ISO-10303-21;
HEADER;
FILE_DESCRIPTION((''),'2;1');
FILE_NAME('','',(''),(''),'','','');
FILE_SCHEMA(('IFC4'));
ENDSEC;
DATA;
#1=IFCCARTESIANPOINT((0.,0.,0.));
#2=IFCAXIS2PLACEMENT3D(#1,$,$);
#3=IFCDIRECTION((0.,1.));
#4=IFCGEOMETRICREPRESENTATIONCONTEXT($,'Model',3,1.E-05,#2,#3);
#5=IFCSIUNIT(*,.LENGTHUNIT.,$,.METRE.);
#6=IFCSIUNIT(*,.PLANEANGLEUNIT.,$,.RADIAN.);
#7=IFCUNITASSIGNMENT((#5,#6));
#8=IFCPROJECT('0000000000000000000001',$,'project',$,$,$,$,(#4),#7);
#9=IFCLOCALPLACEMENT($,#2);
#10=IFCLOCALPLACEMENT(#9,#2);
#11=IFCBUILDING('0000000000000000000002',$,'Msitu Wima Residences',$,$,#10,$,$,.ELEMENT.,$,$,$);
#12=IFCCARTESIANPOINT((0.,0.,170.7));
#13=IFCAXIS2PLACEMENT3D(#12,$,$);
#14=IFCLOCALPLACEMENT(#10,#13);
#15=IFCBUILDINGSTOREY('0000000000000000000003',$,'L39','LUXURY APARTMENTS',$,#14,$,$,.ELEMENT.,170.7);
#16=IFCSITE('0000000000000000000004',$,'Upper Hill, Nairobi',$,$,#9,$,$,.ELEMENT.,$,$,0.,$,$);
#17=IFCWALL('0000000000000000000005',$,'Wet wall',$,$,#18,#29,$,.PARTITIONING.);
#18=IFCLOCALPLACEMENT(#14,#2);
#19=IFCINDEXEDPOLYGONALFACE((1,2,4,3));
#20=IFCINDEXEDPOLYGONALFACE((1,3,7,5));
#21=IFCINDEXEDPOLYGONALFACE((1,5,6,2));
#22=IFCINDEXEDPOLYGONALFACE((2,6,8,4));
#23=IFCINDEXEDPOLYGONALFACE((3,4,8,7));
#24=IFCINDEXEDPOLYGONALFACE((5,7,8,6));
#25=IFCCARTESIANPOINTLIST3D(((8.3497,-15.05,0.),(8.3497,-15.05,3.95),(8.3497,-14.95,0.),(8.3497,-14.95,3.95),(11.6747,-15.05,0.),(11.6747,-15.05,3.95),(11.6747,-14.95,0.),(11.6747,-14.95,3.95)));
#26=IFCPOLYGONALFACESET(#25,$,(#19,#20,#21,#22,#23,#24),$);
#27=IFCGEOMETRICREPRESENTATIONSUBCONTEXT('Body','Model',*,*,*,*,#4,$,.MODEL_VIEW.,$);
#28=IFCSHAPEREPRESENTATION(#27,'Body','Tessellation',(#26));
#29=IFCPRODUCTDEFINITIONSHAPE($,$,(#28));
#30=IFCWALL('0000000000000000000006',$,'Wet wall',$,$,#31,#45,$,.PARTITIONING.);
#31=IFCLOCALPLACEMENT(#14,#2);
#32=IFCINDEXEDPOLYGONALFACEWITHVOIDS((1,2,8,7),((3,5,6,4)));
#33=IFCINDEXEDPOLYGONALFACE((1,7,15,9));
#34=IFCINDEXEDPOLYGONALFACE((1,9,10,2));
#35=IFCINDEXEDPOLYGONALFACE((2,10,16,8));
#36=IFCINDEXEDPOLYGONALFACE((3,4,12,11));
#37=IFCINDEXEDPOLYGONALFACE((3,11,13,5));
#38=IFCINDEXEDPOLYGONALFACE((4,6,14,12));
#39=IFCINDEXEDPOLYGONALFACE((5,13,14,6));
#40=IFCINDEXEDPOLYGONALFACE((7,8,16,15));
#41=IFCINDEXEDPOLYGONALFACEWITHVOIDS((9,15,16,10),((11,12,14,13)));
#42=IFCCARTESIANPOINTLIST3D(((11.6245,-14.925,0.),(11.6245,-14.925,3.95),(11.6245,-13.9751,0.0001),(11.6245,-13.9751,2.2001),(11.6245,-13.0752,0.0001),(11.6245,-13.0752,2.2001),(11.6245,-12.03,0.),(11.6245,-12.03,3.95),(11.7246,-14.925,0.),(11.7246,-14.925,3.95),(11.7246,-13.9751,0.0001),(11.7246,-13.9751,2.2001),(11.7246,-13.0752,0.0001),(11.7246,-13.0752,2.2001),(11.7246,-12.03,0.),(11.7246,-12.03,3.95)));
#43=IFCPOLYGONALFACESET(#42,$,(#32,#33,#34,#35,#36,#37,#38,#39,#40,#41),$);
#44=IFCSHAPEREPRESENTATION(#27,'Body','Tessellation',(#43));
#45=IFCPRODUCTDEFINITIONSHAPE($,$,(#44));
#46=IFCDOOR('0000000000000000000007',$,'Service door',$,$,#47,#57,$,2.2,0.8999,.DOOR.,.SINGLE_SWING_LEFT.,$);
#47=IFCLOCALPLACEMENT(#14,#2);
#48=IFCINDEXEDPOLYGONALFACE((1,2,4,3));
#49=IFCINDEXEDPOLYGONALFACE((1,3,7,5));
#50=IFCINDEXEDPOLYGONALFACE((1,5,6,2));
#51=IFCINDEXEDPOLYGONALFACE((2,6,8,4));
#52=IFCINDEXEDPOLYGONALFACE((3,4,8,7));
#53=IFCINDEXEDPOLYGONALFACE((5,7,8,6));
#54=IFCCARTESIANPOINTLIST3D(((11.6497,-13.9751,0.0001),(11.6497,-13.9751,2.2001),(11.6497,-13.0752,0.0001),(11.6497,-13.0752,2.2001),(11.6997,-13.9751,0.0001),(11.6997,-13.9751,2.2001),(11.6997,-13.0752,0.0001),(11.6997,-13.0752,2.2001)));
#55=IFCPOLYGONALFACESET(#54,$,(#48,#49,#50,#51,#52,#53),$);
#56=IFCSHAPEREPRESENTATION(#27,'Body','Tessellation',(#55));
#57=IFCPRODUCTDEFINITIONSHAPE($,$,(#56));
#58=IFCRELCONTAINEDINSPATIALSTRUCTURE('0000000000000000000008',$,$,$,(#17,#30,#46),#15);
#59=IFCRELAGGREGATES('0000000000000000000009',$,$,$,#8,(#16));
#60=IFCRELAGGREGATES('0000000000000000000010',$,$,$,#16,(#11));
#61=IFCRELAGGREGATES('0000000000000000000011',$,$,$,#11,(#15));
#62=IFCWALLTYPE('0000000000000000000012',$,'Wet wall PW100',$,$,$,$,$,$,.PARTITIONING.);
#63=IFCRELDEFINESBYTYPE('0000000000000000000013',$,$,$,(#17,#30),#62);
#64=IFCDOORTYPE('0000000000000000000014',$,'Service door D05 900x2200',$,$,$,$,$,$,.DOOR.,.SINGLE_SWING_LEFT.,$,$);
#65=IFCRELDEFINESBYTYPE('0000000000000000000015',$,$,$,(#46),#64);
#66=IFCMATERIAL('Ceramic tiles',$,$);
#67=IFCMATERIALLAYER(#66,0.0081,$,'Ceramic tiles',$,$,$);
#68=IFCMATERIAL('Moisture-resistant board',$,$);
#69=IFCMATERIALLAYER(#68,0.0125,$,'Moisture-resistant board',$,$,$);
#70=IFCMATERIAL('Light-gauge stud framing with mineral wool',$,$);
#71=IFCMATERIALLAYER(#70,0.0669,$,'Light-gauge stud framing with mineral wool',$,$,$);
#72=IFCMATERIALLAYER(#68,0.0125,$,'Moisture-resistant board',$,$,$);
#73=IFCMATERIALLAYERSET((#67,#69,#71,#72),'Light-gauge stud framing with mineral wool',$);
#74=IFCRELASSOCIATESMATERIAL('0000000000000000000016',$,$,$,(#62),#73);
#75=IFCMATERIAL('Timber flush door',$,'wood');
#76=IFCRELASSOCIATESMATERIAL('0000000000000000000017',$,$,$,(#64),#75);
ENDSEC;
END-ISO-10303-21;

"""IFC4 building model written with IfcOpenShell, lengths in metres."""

from ifc_helpers import new_model, si_unit, direction, frame, frame_2d, origin, place, context, subcontext, project, spatial, rectangle, extrude, material, layer, layer_set, type_object, element, fill, save


model = new_model("IFC4")

# Units and contexts
model_context = context("Model", 3, precision=1e-05, world=origin(), true_north=direction((0.0, 1.0)))
body_context = subcontext(model_context, "Body", "Model", "MODEL_VIEW")
ifc_project = project(units=[si_unit("LENGTHUNIT", "METRE"), si_unit("PLANEANGLEUNIT", "RADIAN")], contexts=[model_context])

# Site, building, storey
site_placement = place(None, origin())
site = spatial("IfcSite", under=ifc_project, at=site_placement, Name="Upper Hill, Nairobi", CompositionType="ELEMENT", RefElevation=0.0)
building_placement = place(site_placement, origin())
building = spatial("IfcBuilding", under=site, at=building_placement, Name="Msitu Wima Residences", CompositionType="ELEMENT")
storey_placement = place(building_placement, frame((0.0, 0.0, 170.7)))
storey = spatial("IfcBuildingStorey", under=building, at=storey_placement, Name="L39", Description="LUXURY APARTMENTS", CompositionType="ELEMENT", Elevation=170.7)

# Shared definitions
ifc_material_1 = material(Name="Timber flush door", Category="wood")

# Shared definitions
ifc_material_2 = material(Name="Ceramic tiles")
ifc_layer_1 = layer(ifc_material_2, 0.0081, Name="Ceramic tiles")
ifc_material_3 = material(Name="Moisture-resistant board")
ifc_layer_2 = layer(ifc_material_3, 0.0125, Name="Moisture-resistant board")
ifc_material_4 = material(Name="Light-gauge stud framing with mineral wool")
ifc_layer_3 = layer(ifc_material_4, 0.0669, Name="Light-gauge stud framing with mineral wool")
ifc_layer_4 = layer(ifc_material_3, 0.0125, Name="Moisture-resistant board")
ifc_layer_set_1 = layer_set([ifc_layer_1, ifc_layer_2, ifc_layer_3, ifc_layer_4], Name="Light-gauge stud framing with mineral wool")
wall_type_1 = type_object("IfcWallType", Name="Wet wall PW100", PredefinedType="PARTITIONING", material=ifc_layer_set_1)

# Wall
wall_1_placement = place(storey_placement, frame((8.3496, -15.0, 0.0), z_axis=(0.0, 0.0, 1.0), x_axis=(1.0, 0.0, 0.0)))
element("IfcWall", 1, at=wall_1_placement, inside=storey, type_object=wall_type_1, Name="Wet wall", PredefinedType="PARTITIONING", context=body_context, shape_type="SweptSolid", body=[
    extrude(rectangle(XDim=3.325, YDim=0.1001, at=frame_2d((1.6626, 0.0))), origin(), (0.0, 0.0, 1.0), 3.95),
])

# Wall, opening, door
wall_2_placement = place(storey_placement, frame((11.6746, -14.925, 0.0), z_axis=(0.0, 0.0, 1.0), x_axis=(0.0, 1.0, 0.0)))
wall_2 = element("IfcWall", 2, at=wall_2_placement, inside=storey, type_object=wall_type_1, Name="Wet wall", PredefinedType="PARTITIONING", context=body_context, shape_type="SweptSolid", body=[
    extrude(rectangle(XDim=2.895, YDim=0.1001, at=frame_2d((1.4475, 0.0))), origin(), (0.0, 0.0, 1.0), 3.95),
])
opening_1_placement = place(wall_2_placement, frame((0.95, 0.0, 0.0)))
opening_1 = element("IfcOpeningElement", 3, at=opening_1_placement, cuts=wall_2, PredefinedType="OPENING", context=body_context, shape_type="SweptSolid", body=[
    extrude(rectangle(XDim=0.8999, YDim=2.2, at=frame_2d((0.45, 1.1001))), frame((0.0, 0.0601, 0.0), z_axis=(0.0, -1.0, 0.0), x_axis=(1.0, 0.0, 0.0)), (0.0, 0.0, 1.0), 0.1201),
])
door_type_1 = type_object("IfcDoorType", Name="Service door D05 900x2200", OperationType="SINGLE_SWING_LEFT", PredefinedType="DOOR", material=ifc_material_1)
door_1_placement = place(opening_1_placement, origin())
door_1 = element("IfcDoor", 4, at=door_1_placement, inside=storey, type_object=door_type_1, Name="Service door", OperationType="SINGLE_SWING_LEFT", OverallHeight=2.2, OverallWidth=0.8999, PredefinedType="DOOR", context=body_context, shape_type="SweptSolid", body=[
    extrude(rectangle(XDim=0.8999, YDim=2.2, at=frame_2d((0.45, 1.1001))), frame((0.0, 0.0249, 0.0), z_axis=(0.0, -1.0, 0.0), x_axis=(1.0, 0.0, 0.0)), (0.0, 0.0, 1.0), 0.05),
])
fill(opening_1, door_1)

save(model, "model.ifc")
